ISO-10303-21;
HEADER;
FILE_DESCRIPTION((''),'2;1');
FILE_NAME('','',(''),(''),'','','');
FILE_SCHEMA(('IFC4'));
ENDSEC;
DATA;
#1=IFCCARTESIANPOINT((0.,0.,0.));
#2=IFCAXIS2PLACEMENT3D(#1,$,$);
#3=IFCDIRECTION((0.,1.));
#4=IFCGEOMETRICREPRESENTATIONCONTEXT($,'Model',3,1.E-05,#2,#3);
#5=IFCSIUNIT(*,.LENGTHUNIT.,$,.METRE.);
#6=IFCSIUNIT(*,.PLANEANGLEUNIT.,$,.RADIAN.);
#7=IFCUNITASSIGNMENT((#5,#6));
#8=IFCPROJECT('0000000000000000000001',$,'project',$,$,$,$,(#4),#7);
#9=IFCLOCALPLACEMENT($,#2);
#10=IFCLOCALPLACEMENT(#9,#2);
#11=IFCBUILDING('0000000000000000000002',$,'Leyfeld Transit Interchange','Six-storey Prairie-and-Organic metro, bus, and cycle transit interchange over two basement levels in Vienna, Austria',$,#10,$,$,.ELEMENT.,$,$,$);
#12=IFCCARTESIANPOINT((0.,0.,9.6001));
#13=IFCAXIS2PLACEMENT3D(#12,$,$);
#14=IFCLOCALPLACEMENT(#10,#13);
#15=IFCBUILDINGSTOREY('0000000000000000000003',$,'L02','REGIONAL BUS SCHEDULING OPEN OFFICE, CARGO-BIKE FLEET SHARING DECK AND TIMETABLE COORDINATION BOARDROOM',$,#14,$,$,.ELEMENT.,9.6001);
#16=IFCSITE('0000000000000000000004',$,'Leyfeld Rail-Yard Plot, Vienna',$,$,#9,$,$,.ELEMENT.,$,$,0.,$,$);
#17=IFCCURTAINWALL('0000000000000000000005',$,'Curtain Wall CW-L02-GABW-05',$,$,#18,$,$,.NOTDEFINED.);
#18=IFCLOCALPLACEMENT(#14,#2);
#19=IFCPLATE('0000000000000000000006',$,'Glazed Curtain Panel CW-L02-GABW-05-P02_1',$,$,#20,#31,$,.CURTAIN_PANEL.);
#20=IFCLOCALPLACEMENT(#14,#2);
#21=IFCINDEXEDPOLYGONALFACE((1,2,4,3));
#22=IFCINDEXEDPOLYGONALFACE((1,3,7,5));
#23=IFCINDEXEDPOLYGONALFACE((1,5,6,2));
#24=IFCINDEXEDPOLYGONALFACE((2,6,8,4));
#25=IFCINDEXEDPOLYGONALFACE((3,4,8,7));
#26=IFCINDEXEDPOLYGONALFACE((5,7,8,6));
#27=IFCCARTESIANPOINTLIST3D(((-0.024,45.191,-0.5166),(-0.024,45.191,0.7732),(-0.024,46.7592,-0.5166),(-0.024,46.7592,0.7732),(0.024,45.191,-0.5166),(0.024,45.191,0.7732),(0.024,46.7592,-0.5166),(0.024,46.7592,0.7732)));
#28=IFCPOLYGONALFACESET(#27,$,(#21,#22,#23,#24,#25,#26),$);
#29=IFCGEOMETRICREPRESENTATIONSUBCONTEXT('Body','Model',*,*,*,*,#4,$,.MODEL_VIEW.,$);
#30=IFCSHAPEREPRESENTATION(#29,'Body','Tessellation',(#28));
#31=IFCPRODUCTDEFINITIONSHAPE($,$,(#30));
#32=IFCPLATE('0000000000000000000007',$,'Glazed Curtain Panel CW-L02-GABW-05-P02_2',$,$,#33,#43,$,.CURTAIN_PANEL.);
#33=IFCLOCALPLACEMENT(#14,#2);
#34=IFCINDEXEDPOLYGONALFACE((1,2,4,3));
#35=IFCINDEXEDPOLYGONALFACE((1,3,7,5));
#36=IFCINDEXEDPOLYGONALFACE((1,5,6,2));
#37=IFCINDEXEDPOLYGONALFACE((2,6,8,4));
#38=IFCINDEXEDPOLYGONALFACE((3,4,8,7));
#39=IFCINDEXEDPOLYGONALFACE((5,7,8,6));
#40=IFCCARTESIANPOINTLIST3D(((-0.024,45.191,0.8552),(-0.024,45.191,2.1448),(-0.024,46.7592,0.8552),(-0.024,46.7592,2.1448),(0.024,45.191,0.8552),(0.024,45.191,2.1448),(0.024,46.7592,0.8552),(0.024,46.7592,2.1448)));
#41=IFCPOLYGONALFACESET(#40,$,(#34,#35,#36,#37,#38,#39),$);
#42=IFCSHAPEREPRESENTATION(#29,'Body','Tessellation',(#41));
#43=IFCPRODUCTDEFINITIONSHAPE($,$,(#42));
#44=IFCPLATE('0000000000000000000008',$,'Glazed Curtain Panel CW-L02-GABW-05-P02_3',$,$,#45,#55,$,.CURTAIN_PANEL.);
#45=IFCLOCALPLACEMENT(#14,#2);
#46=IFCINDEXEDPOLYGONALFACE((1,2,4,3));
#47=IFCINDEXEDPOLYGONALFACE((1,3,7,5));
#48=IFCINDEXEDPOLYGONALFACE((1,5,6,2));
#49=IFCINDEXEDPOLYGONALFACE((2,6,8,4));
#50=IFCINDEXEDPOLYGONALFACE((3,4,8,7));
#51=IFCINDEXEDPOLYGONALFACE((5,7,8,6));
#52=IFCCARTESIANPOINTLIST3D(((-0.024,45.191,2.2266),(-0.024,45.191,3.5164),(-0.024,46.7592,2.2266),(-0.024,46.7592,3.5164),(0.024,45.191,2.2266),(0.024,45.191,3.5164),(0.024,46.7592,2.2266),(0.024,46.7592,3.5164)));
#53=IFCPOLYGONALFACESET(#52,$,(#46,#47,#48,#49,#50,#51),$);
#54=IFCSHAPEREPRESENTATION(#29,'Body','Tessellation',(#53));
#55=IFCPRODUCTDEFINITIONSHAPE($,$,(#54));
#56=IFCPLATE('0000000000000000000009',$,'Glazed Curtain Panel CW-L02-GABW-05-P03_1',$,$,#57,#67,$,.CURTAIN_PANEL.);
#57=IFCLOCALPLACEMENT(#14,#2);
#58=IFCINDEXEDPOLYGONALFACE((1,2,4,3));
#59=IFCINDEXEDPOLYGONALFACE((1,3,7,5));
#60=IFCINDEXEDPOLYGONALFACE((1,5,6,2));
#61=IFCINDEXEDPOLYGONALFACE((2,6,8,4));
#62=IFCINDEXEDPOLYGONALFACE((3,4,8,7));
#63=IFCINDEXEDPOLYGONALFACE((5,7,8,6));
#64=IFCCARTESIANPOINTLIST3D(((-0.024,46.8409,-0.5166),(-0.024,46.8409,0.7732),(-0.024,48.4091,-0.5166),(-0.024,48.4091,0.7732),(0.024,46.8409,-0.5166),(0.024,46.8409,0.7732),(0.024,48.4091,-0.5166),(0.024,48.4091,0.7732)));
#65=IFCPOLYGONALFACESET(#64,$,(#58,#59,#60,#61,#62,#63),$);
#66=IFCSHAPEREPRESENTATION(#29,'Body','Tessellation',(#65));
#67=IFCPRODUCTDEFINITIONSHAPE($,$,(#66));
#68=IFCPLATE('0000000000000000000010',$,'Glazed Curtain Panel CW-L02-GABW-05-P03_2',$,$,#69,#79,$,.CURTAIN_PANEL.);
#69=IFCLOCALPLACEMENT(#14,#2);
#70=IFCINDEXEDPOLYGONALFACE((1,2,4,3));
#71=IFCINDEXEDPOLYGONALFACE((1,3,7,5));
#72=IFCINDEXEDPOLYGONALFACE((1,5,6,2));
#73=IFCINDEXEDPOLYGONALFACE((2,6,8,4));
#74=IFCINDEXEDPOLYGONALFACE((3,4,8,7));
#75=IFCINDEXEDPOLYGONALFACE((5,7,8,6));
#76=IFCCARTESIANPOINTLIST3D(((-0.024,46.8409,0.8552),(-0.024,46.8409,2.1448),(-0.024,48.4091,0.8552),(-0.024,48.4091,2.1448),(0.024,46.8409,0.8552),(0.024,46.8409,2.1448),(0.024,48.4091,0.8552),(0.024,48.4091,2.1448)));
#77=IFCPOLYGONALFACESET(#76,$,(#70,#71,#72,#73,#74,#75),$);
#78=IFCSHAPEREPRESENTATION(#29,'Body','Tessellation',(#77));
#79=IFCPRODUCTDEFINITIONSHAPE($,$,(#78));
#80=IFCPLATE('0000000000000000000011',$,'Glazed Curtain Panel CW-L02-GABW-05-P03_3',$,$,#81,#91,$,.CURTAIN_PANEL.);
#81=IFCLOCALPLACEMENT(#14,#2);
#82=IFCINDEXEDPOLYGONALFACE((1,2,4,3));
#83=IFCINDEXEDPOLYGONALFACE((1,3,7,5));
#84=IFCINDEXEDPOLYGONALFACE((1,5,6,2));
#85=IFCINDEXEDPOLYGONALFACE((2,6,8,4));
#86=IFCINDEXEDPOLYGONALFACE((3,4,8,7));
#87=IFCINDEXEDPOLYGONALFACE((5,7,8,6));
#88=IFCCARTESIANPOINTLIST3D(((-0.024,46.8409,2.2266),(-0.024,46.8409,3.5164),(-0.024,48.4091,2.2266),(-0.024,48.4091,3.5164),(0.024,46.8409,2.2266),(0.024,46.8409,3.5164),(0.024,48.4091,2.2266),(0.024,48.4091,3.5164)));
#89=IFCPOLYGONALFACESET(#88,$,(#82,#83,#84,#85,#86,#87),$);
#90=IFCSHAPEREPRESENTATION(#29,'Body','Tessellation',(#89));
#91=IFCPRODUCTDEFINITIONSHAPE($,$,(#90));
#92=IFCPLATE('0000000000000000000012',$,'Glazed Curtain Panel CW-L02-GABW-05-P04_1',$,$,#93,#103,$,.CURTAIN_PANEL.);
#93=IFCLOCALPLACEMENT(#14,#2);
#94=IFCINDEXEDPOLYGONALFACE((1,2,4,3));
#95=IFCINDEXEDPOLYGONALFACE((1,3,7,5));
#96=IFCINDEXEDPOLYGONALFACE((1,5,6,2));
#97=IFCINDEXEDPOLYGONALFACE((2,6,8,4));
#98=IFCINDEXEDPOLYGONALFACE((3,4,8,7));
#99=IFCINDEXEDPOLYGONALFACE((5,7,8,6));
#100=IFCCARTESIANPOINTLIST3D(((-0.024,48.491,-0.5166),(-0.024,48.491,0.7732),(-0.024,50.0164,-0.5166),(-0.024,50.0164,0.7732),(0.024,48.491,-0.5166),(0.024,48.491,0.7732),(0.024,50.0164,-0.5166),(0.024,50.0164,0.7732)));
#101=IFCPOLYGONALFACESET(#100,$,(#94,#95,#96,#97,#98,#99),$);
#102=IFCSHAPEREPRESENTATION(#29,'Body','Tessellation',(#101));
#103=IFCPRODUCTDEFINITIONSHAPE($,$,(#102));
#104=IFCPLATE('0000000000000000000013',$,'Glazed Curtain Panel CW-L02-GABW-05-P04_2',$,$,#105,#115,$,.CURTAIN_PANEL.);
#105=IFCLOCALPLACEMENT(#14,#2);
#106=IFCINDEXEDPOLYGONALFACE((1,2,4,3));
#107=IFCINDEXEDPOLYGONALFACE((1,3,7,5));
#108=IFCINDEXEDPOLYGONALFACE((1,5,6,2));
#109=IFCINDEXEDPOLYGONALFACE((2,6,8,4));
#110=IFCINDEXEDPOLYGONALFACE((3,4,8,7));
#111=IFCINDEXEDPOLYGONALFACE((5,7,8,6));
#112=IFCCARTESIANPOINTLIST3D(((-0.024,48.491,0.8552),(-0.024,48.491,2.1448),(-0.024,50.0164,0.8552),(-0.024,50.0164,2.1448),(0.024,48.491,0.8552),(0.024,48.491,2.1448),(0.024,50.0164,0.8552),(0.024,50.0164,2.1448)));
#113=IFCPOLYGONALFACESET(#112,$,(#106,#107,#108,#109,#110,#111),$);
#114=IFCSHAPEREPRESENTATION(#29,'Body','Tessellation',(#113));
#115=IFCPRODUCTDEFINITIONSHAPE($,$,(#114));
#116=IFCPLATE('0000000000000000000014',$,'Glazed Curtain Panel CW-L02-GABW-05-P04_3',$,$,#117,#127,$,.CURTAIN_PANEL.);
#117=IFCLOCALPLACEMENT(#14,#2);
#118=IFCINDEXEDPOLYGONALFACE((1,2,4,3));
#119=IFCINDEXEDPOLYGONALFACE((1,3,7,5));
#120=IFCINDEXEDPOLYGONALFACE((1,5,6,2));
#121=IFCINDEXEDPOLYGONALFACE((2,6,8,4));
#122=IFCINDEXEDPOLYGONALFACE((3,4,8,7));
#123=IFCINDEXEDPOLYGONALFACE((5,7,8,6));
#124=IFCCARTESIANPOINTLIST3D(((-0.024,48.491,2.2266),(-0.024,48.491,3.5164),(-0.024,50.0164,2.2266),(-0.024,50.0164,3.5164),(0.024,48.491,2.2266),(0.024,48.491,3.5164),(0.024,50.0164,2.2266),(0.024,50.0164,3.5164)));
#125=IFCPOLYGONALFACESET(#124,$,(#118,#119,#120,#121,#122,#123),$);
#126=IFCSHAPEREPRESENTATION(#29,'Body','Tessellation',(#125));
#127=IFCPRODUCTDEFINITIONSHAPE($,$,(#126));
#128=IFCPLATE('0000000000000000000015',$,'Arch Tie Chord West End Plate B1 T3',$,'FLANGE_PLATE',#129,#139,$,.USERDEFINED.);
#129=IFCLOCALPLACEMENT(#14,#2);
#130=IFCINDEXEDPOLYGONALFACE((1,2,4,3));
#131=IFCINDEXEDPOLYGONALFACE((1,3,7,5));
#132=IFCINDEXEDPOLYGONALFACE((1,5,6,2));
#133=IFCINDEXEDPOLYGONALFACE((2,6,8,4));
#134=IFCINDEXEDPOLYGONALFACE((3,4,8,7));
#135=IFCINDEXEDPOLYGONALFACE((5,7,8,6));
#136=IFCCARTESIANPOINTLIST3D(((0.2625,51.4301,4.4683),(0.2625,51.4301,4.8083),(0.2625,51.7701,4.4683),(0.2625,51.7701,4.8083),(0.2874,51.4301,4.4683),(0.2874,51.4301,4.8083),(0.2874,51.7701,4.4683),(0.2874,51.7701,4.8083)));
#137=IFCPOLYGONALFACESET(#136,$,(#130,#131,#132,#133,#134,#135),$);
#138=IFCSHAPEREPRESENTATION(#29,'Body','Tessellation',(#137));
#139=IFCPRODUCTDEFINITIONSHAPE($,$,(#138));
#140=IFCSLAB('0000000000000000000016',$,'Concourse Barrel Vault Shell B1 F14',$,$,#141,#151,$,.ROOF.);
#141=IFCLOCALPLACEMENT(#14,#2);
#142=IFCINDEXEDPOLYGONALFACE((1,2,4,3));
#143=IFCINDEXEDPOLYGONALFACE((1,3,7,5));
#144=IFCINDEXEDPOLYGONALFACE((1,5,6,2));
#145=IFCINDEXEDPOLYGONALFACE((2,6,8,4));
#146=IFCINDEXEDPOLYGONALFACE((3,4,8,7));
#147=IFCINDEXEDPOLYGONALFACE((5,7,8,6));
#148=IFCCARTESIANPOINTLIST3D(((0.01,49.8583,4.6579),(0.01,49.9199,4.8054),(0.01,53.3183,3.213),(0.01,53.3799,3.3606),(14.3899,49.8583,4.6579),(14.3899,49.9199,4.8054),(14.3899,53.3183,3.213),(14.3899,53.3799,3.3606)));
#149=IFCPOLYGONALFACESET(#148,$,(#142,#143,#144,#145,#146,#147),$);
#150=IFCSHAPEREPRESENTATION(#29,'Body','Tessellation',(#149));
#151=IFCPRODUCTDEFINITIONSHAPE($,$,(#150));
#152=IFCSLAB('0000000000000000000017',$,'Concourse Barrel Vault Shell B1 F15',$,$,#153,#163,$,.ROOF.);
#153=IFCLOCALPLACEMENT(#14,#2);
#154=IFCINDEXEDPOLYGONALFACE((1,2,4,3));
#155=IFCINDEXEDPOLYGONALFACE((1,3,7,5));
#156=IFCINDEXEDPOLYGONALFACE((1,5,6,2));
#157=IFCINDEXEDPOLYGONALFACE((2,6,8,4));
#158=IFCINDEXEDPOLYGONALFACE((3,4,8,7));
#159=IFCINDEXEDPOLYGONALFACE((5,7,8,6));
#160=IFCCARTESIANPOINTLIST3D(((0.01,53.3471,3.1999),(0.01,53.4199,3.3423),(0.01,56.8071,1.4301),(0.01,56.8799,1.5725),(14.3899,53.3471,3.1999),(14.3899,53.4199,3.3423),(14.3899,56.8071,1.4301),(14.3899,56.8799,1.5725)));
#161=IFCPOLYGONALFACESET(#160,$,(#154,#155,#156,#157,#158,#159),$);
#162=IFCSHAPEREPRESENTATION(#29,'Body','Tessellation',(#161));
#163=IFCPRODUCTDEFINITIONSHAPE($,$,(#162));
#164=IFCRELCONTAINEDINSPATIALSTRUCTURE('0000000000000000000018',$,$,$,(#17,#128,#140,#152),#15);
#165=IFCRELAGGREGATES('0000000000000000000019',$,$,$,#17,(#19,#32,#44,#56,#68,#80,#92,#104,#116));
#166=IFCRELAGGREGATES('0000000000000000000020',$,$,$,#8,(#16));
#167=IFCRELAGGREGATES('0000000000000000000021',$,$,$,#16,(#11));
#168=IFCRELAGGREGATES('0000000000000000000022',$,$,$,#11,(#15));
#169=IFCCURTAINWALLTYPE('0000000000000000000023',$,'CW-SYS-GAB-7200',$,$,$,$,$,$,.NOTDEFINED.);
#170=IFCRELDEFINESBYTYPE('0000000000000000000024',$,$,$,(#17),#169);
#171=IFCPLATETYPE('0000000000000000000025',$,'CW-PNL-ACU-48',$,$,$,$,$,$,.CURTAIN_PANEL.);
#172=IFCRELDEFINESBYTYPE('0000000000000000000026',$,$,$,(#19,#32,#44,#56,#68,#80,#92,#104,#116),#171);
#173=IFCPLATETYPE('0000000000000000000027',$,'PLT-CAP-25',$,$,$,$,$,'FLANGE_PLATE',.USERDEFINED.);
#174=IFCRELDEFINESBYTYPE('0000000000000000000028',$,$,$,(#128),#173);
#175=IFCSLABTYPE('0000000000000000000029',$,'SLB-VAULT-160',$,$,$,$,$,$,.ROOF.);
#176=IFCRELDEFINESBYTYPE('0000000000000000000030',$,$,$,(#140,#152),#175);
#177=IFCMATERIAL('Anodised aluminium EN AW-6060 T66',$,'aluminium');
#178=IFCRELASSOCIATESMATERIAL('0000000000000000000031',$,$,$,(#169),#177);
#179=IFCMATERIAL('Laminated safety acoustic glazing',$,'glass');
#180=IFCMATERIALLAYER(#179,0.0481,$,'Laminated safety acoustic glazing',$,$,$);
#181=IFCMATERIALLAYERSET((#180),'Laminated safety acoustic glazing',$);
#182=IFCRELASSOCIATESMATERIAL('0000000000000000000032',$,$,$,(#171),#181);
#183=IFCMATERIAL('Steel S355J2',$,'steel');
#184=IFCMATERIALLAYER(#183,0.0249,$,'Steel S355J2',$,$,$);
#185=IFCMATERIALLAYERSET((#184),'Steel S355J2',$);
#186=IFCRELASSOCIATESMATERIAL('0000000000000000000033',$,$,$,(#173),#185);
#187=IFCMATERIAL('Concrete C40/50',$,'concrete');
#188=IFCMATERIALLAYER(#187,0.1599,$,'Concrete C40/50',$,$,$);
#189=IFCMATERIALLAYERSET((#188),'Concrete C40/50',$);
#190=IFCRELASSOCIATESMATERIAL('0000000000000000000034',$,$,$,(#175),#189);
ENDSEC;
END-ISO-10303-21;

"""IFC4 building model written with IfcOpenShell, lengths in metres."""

from ifc_helpers import new_model, si_unit, direction, frame, origin, origin_2d, place, context, subcontext, project, spatial, polyline, rectangle, outline, extrude, material, layer, layer_set, type_object, element, aggregate, save


model = new_model("IFC4")

# Units and contexts
model_context = context("Model", 3, precision=1e-05, world=origin(), true_north=direction((0.0, 1.0)))
body_context = subcontext(model_context, "Body", "Model", "MODEL_VIEW")
ifc_project = project(units=[si_unit("LENGTHUNIT", "METRE"), si_unit("PLANEANGLEUNIT", "RADIAN")], contexts=[model_context])

# Site, building, storey
site_placement = place(None, origin())
site = spatial("IfcSite", under=ifc_project, at=site_placement, Name="Leyfeld Rail-Yard Plot, Vienna", CompositionType="ELEMENT", RefElevation=0.0)
building_placement = place(site_placement, origin())
building = spatial("IfcBuilding", under=site, at=building_placement, Name="Leyfeld Transit Interchange", Description="Six-storey Prairie-and-Organic metro, bus, and cycle transit interchange over two basement levels in Vienna, Austria", CompositionType="ELEMENT")
storey_placement = place(building_placement, frame((0.0, 0.0, 9.6001)))
storey = spatial("IfcBuildingStorey", under=building, at=storey_placement, Name="L02", Description="REGIONAL BUS SCHEDULING OPEN OFFICE, CARGO-BIKE FLEET SHARING DECK AND TIMETABLE COORDINATION BOARDROOM", CompositionType="ELEMENT", Elevation=9.6001)

# Shared definitions
ifc_material_1 = material(Name="Concrete C40/50", Category="concrete")

# Curtain wall
ifc_material_2 = material(Name="Anodised aluminium EN AW-6060 T66", Category="aluminium")
curtain_wall_type = type_object("IfcCurtainWallType", Name="CW-SYS-GAB-7200", PredefinedType="NOTDEFINED", material=ifc_material_2)
curtain_wall_placement = place(storey_placement, origin())
curtain_wall = element("IfcCurtainWall", 1, at=curtain_wall_placement, inside=storey, type_object=curtain_wall_type, Name="Curtain Wall CW-L02-GABW-05", PredefinedType="NOTDEFINED")

# Shared definitions
ifc_material_3 = material(Name="Steel S355J2", Category="steel")

# Plates
ifc_material_4 = material(Name="Laminated safety acoustic glazing", Category="glass")
ifc_layer_1 = layer(ifc_material_4, 0.0481, Name="Laminated safety acoustic glazing")
ifc_layer_set_1 = layer_set([ifc_layer_1], Name="Laminated safety acoustic glazing")
plate_type_1 = type_object("IfcPlateType", Name="CW-PNL-ACU-48", PredefinedType="CURTAIN_PANEL", material=ifc_layer_set_1)
plate_1_placement = place(storey_placement, frame((0.0, 45.9751, -0.5166), z_axis=(0.0, 0.0, 1.0), x_axis=(0.0, 1.0, 0.0)))
plate_1 = element("IfcPlate", 2, at=plate_1_placement, type_object=plate_type_1, Name="Glazed Curtain Panel CW-L02-GABW-05-P02_1", PredefinedType="CURTAIN_PANEL", context=body_context, shape_type="SweptSolid", body=[
    extrude(rectangle(XDim=1.5681, YDim=0.0481, at=origin_2d()), origin(), (0.0, 0.0, 1.0), 1.2898),
])
plate_2_placement = place(storey_placement, frame((0.0, 45.9751, 0.8552), z_axis=(0.0, 0.0, 1.0), x_axis=(0.0, 1.0, 0.0)))
plate_2 = element("IfcPlate", 3, at=plate_2_placement, type_object=plate_type_1, Name="Glazed Curtain Panel CW-L02-GABW-05-P02_2", PredefinedType="CURTAIN_PANEL", context=body_context, shape_type="SweptSolid", body=[
    extrude(rectangle(XDim=1.5681, YDim=0.0481, at=origin_2d()), origin(), (0.0, 0.0, 1.0), 1.2896),
])
plate_3_placement = place(storey_placement, frame((0.0, 45.9751, 2.2266), z_axis=(0.0, 0.0, 1.0), x_axis=(0.0, 1.0, 0.0)))
plate_3 = element("IfcPlate", 4, at=plate_3_placement, type_object=plate_type_1, Name="Glazed Curtain Panel CW-L02-GABW-05-P02_3", PredefinedType="CURTAIN_PANEL", context=body_context, shape_type="SweptSolid", body=[
    extrude(rectangle(XDim=1.5681, YDim=0.0481, at=origin_2d()), origin(), (0.0, 0.0, 1.0), 1.2898),
])
plate_4_placement = place(storey_placement, frame((0.0, 47.625, -0.5166), z_axis=(0.0, 0.0, 1.0), x_axis=(0.0, 1.0, 0.0)))
plate_4 = element("IfcPlate", 5, at=plate_4_placement, type_object=plate_type_1, Name="Glazed Curtain Panel CW-L02-GABW-05-P03_1", PredefinedType="CURTAIN_PANEL", context=body_context, shape_type="SweptSolid", body=[
    extrude(rectangle(XDim=1.5681, YDim=0.0481, at=origin_2d()), origin(), (0.0, 0.0, 1.0), 1.2898),
])
plate_5_placement = place(storey_placement, frame((0.0, 47.625, 0.8552), z_axis=(0.0, 0.0, 1.0), x_axis=(0.0, 1.0, 0.0)))
plate_5 = element("IfcPlate", 6, at=plate_5_placement, type_object=plate_type_1, Name="Glazed Curtain Panel CW-L02-GABW-05-P03_2", PredefinedType="CURTAIN_PANEL", context=body_context, shape_type="SweptSolid", body=[
    extrude(rectangle(XDim=1.5681, YDim=0.0481, at=origin_2d()), origin(), (0.0, 0.0, 1.0), 1.2896),
])
plate_6_placement = place(storey_placement, frame((0.0, 47.625, 2.2266), z_axis=(0.0, 0.0, 1.0), x_axis=(0.0, 1.0, 0.0)))
plate_6 = element("IfcPlate", 7, at=plate_6_placement, type_object=plate_type_1, Name="Glazed Curtain Panel CW-L02-GABW-05-P03_3", PredefinedType="CURTAIN_PANEL", context=body_context, shape_type="SweptSolid", body=[
    extrude(rectangle(XDim=1.5681, YDim=0.0481, at=origin_2d()), origin(), (0.0, 0.0, 1.0), 1.2898),
])
plate_7_placement = place(storey_placement, frame((0.0, 49.2537, -0.5166), z_axis=(0.0, 0.0, 1.0), x_axis=(0.0, 1.0, 0.0)))
plate_7 = element("IfcPlate", 8, at=plate_7_placement, type_object=plate_type_1, Name="Glazed Curtain Panel CW-L02-GABW-05-P04_1", PredefinedType="CURTAIN_PANEL", context=body_context, shape_type="SweptSolid", body=[
    extrude(rectangle(XDim=1.5254, YDim=0.0481, at=origin_2d()), origin(), (0.0, 0.0, 1.0), 1.2898),
])
plate_8_placement = place(storey_placement, frame((0.0, 49.2537, 0.8552), z_axis=(0.0, 0.0, 1.0), x_axis=(0.0, 1.0, 0.0)))
plate_8 = element("IfcPlate", 9, at=plate_8_placement, type_object=plate_type_1, Name="Glazed Curtain Panel CW-L02-GABW-05-P04_2", PredefinedType="CURTAIN_PANEL", context=body_context, shape_type="SweptSolid", body=[
    extrude(rectangle(XDim=1.5254, YDim=0.0481, at=origin_2d()), origin(), (0.0, 0.0, 1.0), 1.2896),
])
plate_9_placement = place(storey_placement, frame((0.0, 49.2537, 2.2266), z_axis=(0.0, 0.0, 1.0), x_axis=(0.0, 1.0, 0.0)))
plate_9 = element("IfcPlate", 10, at=plate_9_placement, type_object=plate_type_1, Name="Glazed Curtain Panel CW-L02-GABW-05-P04_3", PredefinedType="CURTAIN_PANEL", context=body_context, shape_type="SweptSolid", body=[
    extrude(rectangle(XDim=1.5254, YDim=0.0481, at=origin_2d()), origin(), (0.0, 0.0, 1.0), 1.2898),
])
aggregate(curtain_wall, [plate_1, plate_2, plate_3, plate_4, plate_5, plate_6, plate_7, plate_8, plate_9])
ifc_layer_2 = layer(ifc_material_3, 0.0249, Name="Steel S355J2")
ifc_layer_set_2 = layer_set([ifc_layer_2], Name="Steel S355J2")
plate_type_2 = type_object("IfcPlateType", Name="PLT-CAP-25", ElementType="FLANGE_PLATE", PredefinedType="USERDEFINED", material=ifc_layer_set_2)
plate_10_placement = place(storey_placement, frame((0.2749, 51.6001, 4.4683), z_axis=(0.0, 0.0, 1.0), x_axis=(0.0, 1.0, 0.0)))
element("IfcPlate", 11, at=plate_10_placement, inside=storey, type_object=plate_type_2, Name="Arch Tie Chord West End Plate B1 T3", ObjectType="FLANGE_PLATE", PredefinedType="USERDEFINED", context=body_context, shape_type="SweptSolid", body=[
    extrude(rectangle(XDim=0.3401, YDim=0.0249, at=origin_2d()), origin(), (0.0, 0.0, 1.0), 0.3401),
])

# Slabs
ifc_layer_3 = layer(ifc_material_1, 0.1599, Name="Concrete C40/50")
ifc_layer_set_3 = layer_set([ifc_layer_3], Name="Concrete C40/50")
slab_type = type_object("IfcSlabType", Name="SLB-VAULT-160", PredefinedType="ROOF", material=ifc_layer_set_3)
slab_1_placement = place(storey_placement, frame((0.01, 49.9199, 4.8054), z_axis=(0.0, 0.385337, 0.922776), x_axis=(1.0, 0.0, 0.0)))
element("IfcSlab", 12, at=slab_1_placement, inside=storey, type_object=slab_type, Name="Concourse Barrel Vault Shell B1 F14", PredefinedType="ROOF", context=body_context, shape_type="SweptSolid", body=[
    extrude(outline(polyline([(0.0, 0.0), (14.3799, 0.0), (14.3799, 3.7495), (0.0, 3.7495), (0.0, 0.0)])), origin(), (0.0, 0.0, -1.0), 0.1599),
])
slab_2_placement = place(storey_placement, frame((0.01, 53.4199, 3.3423), z_axis=(0.0, 0.455387, 0.890294), x_axis=(1.0, 0.0, 0.0)))
element("IfcSlab", 13, at=slab_2_placement, inside=storey, type_object=slab_type, Name="Concourse Barrel Vault Shell B1 F15", PredefinedType="ROOF", context=body_context, shape_type="SweptSolid", body=[
    extrude(outline(polyline([(0.0, 0.0), (14.3799, 0.0), (14.3799, 3.8863), (0.0, 3.8863), (0.0, 0.0)])), origin(), (0.0, 0.0, -1.0), 0.1599),
])

save(model, "model.ifc")
